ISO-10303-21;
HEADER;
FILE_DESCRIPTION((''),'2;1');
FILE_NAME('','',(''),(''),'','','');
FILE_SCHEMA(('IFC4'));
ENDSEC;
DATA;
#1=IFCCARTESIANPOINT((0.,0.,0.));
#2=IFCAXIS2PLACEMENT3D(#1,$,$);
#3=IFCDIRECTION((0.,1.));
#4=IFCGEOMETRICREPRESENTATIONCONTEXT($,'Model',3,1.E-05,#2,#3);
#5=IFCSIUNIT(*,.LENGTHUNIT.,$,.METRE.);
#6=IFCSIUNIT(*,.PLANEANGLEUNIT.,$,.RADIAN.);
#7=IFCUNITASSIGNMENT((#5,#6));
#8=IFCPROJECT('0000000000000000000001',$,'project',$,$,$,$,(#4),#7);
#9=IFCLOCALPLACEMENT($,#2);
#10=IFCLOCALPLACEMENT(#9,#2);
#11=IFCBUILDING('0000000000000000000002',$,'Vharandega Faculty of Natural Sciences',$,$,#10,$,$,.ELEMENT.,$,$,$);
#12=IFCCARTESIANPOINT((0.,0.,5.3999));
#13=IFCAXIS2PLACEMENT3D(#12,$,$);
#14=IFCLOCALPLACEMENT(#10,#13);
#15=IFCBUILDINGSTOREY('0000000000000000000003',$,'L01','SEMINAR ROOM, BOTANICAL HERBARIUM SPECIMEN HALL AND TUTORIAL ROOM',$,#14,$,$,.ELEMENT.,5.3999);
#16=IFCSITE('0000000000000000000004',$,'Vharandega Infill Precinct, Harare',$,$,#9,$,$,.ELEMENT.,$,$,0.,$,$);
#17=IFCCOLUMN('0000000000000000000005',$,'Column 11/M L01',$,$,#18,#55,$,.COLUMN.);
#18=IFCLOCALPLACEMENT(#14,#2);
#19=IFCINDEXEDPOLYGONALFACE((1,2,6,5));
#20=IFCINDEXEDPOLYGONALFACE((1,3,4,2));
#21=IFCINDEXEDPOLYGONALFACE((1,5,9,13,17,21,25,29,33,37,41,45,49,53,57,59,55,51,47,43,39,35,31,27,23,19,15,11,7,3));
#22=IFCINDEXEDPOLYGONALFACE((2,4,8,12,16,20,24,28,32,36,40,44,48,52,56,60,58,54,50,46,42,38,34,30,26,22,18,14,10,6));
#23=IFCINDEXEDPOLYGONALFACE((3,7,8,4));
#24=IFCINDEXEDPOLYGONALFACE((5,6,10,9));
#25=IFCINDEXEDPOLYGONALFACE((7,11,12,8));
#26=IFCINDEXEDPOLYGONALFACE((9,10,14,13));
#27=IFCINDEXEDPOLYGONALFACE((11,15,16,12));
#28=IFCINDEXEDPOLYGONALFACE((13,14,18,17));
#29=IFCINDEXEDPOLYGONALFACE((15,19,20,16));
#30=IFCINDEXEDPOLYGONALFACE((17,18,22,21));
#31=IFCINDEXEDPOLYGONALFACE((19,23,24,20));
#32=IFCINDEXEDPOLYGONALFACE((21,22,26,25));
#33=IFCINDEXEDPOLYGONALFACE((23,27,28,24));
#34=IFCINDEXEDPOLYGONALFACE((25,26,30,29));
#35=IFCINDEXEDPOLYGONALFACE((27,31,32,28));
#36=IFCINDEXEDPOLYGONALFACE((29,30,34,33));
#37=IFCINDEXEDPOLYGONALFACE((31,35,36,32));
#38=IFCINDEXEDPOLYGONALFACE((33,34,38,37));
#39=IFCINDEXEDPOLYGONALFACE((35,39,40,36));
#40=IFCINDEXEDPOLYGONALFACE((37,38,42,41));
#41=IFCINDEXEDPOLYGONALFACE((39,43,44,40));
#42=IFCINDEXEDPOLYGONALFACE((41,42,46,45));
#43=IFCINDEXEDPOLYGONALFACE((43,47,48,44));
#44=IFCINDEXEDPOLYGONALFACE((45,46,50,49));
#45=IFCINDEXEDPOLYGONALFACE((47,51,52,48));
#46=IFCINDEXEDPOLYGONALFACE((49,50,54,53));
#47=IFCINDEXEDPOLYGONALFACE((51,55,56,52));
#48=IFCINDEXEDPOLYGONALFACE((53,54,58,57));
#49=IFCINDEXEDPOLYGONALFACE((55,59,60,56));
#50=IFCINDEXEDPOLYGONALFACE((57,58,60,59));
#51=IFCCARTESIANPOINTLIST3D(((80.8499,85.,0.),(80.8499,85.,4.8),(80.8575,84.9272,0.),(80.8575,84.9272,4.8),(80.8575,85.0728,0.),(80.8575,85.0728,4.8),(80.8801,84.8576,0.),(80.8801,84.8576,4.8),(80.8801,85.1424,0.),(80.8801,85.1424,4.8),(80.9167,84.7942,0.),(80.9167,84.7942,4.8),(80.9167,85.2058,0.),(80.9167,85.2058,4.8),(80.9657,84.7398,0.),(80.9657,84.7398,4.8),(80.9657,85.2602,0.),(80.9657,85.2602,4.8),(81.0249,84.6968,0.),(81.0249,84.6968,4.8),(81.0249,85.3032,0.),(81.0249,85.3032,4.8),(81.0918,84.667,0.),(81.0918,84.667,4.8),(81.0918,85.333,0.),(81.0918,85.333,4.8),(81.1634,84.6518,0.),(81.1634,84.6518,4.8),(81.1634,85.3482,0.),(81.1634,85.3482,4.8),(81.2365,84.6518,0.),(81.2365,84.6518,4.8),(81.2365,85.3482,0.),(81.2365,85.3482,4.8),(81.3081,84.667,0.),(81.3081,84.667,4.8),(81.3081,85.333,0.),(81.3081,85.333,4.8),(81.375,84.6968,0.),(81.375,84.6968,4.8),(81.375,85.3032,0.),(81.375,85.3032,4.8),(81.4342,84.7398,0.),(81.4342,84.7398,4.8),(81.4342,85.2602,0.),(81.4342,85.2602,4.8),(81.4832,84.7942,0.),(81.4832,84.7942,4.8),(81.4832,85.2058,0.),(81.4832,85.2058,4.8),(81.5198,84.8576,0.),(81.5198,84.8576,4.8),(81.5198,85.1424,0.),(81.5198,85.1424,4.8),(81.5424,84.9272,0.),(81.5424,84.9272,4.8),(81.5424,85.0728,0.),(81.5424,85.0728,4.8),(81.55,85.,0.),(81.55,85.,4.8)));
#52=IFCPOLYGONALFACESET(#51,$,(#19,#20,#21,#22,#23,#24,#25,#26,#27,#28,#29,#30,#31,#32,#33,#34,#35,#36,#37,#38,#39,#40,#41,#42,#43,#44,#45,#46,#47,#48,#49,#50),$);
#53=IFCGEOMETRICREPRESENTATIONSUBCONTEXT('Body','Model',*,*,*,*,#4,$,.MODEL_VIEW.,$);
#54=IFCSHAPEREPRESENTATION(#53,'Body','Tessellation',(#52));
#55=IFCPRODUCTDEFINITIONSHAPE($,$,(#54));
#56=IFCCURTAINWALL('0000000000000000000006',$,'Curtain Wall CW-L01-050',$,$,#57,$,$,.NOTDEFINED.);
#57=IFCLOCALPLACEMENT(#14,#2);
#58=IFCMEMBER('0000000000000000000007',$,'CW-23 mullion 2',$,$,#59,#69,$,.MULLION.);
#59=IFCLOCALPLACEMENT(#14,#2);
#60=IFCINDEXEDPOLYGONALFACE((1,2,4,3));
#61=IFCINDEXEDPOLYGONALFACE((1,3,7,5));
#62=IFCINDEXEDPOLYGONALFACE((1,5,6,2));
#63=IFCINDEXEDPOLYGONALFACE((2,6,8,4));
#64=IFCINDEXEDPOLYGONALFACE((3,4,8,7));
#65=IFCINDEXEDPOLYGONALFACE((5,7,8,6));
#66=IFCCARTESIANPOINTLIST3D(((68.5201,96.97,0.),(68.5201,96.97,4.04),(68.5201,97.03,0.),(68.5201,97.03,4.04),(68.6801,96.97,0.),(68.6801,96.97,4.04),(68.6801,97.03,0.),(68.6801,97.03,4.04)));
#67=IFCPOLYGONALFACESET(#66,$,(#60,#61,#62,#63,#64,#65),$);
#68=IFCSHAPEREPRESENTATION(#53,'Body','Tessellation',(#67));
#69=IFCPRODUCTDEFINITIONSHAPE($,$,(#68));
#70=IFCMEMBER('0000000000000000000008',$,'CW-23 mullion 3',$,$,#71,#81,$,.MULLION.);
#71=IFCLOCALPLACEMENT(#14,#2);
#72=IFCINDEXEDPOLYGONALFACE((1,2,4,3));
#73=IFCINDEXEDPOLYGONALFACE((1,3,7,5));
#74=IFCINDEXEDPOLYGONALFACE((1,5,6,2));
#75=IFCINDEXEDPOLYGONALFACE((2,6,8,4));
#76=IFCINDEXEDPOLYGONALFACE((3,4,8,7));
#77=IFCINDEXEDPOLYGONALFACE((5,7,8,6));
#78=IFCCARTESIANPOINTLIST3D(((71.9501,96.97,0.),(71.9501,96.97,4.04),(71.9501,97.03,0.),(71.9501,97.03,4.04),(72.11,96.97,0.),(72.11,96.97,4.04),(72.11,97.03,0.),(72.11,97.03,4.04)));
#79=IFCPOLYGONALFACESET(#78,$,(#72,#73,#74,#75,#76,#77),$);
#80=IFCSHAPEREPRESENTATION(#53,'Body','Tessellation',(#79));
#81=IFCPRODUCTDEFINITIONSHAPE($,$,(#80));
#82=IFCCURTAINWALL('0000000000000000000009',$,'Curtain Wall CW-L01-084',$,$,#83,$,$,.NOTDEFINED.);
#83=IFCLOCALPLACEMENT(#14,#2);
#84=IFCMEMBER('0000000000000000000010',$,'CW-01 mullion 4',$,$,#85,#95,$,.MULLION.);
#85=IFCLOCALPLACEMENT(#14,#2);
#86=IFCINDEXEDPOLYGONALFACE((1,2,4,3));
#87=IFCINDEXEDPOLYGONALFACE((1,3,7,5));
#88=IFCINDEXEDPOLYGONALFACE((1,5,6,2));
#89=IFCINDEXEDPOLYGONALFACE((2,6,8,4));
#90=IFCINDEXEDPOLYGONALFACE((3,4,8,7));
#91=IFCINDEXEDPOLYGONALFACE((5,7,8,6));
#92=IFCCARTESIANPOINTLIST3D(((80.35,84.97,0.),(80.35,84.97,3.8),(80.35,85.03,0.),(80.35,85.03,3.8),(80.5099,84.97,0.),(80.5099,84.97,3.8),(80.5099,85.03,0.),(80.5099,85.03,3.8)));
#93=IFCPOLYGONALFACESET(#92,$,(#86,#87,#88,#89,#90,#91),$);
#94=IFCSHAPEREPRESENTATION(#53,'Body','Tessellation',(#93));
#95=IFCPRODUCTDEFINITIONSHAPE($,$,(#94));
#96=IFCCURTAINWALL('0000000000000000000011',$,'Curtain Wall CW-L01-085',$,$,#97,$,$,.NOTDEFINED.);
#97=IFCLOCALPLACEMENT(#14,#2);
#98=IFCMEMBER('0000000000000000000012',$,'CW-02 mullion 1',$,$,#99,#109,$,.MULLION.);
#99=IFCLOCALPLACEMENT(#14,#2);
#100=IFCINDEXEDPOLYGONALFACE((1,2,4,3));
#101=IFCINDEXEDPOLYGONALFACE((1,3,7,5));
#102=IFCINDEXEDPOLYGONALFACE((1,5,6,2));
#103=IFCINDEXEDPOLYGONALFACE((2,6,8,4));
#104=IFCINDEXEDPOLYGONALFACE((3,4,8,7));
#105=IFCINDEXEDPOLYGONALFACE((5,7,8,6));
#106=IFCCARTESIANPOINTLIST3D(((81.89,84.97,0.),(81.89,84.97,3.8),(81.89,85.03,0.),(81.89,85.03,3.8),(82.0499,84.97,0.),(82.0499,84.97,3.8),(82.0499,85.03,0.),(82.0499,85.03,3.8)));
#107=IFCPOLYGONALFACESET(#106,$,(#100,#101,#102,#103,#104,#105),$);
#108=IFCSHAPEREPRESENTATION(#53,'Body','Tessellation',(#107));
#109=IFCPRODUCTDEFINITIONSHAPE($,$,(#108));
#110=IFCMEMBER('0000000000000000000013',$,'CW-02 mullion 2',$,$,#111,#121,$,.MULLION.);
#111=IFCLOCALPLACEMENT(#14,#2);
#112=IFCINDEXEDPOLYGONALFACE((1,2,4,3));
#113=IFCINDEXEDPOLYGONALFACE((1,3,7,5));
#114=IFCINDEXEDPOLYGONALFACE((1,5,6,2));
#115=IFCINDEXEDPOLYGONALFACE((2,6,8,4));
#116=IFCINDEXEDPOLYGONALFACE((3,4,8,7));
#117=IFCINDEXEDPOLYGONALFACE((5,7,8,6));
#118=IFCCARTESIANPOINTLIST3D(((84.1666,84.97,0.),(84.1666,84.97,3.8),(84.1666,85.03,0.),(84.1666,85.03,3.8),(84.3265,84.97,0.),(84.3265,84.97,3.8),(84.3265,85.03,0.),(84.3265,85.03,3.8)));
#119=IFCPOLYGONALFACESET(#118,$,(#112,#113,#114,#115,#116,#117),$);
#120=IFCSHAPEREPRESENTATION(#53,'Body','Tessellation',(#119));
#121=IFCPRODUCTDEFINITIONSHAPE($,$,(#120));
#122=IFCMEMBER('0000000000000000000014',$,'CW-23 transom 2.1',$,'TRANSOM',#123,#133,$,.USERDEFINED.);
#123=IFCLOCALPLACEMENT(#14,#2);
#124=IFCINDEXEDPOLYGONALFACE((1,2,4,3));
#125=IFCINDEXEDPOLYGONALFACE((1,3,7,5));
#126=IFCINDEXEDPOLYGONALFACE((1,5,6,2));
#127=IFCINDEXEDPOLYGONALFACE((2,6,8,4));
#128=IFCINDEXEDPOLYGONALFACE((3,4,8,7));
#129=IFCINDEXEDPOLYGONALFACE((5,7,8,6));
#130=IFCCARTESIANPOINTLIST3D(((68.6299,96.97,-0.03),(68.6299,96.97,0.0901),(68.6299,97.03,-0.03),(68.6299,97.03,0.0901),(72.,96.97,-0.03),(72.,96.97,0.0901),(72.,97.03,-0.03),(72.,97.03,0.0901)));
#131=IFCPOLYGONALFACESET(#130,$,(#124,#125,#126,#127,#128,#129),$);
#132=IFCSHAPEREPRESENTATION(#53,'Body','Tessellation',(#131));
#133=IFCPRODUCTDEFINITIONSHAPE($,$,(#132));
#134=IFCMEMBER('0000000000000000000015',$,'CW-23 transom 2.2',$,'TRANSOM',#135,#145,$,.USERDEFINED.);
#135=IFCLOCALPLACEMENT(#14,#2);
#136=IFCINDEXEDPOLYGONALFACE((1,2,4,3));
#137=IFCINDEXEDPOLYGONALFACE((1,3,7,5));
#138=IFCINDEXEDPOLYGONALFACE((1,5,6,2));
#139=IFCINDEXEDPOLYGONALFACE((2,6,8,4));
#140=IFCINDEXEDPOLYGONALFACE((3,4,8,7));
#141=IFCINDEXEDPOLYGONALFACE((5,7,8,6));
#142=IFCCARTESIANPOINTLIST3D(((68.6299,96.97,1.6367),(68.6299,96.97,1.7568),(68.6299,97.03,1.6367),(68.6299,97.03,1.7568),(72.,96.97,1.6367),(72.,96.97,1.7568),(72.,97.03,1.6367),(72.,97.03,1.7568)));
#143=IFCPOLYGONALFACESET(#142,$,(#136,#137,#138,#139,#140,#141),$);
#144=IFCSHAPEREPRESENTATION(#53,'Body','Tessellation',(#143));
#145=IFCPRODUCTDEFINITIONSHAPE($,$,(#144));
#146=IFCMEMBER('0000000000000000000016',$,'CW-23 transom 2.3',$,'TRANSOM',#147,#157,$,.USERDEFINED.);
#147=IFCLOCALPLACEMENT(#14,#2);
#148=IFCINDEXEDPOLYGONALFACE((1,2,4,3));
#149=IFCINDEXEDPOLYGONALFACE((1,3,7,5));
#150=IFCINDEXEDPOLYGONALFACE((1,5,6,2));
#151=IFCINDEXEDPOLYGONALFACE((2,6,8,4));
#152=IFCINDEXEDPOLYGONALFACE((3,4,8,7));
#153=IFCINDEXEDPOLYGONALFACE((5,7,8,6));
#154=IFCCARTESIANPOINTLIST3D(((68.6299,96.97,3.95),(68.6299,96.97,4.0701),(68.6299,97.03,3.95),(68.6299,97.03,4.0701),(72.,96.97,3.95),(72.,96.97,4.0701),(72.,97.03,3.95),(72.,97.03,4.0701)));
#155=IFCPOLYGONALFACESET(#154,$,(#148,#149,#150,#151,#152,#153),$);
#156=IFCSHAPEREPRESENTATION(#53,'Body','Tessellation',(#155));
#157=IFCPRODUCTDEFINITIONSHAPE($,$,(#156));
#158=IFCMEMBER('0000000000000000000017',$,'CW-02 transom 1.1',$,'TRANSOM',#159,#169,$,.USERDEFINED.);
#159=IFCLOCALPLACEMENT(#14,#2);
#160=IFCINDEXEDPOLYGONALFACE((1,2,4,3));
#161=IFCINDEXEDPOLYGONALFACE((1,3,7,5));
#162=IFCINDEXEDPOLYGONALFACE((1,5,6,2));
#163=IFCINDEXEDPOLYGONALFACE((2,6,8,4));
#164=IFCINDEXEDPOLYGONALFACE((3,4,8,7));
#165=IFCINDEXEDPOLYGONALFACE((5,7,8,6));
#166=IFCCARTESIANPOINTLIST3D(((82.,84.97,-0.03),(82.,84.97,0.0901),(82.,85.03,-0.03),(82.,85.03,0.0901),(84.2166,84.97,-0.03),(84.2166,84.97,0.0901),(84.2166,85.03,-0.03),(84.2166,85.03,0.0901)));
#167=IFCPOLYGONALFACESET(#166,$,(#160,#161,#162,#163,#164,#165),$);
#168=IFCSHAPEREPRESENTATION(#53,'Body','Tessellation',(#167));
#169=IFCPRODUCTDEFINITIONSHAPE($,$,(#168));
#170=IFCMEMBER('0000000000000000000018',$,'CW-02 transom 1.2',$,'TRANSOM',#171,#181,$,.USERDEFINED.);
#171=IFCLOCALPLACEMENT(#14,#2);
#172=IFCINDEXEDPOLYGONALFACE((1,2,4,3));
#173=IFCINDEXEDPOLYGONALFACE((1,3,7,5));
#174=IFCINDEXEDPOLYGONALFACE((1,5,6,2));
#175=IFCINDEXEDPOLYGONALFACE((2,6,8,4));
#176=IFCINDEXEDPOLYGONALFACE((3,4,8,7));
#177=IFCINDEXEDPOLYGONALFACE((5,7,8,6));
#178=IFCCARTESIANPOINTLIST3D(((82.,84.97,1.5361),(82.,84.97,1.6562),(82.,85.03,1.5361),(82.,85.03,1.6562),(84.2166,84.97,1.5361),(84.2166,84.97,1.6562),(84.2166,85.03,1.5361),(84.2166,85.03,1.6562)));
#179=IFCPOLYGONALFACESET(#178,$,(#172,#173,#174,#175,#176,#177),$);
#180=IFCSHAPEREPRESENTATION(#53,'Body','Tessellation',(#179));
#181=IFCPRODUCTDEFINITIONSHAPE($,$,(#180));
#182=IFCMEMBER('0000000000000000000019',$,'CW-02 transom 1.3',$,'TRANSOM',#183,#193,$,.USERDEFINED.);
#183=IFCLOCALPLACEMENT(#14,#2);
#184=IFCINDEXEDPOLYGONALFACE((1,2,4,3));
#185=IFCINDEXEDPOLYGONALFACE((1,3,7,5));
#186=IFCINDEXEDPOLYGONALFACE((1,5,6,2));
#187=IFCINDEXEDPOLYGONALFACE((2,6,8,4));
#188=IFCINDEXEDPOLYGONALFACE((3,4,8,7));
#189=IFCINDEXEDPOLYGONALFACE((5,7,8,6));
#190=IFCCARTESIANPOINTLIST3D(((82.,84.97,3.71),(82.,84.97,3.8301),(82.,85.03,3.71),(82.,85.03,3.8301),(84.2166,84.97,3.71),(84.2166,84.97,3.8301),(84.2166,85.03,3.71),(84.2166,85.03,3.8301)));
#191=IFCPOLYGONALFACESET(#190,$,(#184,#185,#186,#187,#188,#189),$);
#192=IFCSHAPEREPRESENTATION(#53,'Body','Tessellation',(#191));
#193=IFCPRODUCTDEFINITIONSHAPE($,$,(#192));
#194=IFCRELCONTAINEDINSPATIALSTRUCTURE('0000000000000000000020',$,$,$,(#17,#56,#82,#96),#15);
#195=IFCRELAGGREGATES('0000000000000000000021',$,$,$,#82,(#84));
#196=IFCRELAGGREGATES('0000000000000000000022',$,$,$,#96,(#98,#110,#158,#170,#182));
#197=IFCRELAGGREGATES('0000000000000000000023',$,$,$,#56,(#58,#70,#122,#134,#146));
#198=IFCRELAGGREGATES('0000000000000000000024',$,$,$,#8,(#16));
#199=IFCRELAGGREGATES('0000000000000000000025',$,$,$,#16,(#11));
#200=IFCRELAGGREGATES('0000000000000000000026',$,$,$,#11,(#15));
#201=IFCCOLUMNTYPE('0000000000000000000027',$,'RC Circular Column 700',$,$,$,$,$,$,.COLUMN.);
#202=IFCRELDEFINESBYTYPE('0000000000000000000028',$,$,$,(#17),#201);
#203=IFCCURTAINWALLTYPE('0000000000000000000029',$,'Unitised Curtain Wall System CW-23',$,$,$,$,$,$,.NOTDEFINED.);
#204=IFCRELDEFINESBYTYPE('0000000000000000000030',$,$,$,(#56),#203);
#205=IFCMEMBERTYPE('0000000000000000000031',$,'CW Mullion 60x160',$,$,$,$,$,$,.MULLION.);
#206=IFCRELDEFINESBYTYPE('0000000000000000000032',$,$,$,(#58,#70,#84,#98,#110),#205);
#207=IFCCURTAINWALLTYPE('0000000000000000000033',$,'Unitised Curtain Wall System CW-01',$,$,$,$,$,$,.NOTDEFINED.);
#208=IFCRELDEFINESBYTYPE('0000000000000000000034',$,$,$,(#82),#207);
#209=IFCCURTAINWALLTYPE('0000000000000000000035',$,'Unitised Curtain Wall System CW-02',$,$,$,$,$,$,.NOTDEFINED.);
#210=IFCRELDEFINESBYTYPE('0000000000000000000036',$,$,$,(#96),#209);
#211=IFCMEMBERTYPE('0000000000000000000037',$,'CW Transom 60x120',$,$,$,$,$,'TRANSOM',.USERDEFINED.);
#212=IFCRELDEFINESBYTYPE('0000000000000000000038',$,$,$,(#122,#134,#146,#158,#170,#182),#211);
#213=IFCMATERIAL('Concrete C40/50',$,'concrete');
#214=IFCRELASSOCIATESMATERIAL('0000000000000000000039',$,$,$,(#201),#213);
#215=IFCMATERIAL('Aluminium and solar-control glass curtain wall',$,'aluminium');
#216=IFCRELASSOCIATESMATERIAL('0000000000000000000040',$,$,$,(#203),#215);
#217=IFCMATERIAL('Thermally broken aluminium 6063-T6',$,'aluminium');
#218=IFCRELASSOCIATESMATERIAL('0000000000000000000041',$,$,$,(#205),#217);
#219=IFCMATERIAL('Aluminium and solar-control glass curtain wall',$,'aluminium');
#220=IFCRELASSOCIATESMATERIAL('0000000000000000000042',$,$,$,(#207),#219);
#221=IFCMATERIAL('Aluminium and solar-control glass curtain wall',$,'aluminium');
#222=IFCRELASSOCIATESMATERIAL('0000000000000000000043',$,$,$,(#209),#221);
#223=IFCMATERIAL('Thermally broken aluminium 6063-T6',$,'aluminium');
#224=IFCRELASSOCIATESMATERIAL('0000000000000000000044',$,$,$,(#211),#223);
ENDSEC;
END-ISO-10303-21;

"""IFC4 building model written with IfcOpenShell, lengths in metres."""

from ifc_helpers import new_model, si_unit, direction, frame, origin, origin_2d, place, context, subcontext, project, spatial, rectangle, circle, extrude, material, material_profile, profile_set, type_object, element, aggregate, save


model = new_model("IFC4")

# Units and contexts
model_context = context("Model", 3, precision=1e-05, world=origin(), true_north=direction((0.0, 1.0)))
body_context = subcontext(model_context, "Body", "Model", "MODEL_VIEW")
ifc_project = project(units=[si_unit("LENGTHUNIT", "METRE"), si_unit("PLANEANGLEUNIT", "RADIAN")], contexts=[model_context])

# Site, building, storey
site_placement = place(None, origin())
site = spatial("IfcSite", under=ifc_project, at=site_placement, Name="Vharandega Infill Precinct, Harare", CompositionType="ELEMENT", RefElevation=0.0)
building_placement = place(site_placement, origin())
building = spatial("IfcBuilding", under=site, at=building_placement, Name="Vharandega Faculty of Natural Sciences", CompositionType="ELEMENT")
storey_placement = place(building_placement, frame((0.0, 0.0, 5.3999)))
storey = spatial("IfcBuildingStorey", under=building, at=storey_placement, Name="L01", Description="SEMINAR ROOM, BOTANICAL HERBARIUM SPECIMEN HALL AND TUTORIAL ROOM", CompositionType="ELEMENT", Elevation=5.3999)

# Column
ifc_material_1 = material(Name="Concrete C40/50", Category="concrete")
ifc_material_profile_1 = material_profile(ifc_material_1, circle(Radius=0.3501, at=origin_2d()), Name="RC-CIRC 700")
ifc_profile_set_1 = profile_set([ifc_material_profile_1], Name="Concrete C40/50")
column_type = type_object("IfcColumnType", Name="RC Circular Column 700", PredefinedType="COLUMN", material=ifc_profile_set_1)
column_placement = place(storey_placement, frame((81.2, 85.0, 0.0), z_axis=(0.0, 0.0, 1.0), x_axis=(1.0, 0.0, 0.0)))
element("IfcColumn", 1, at=column_placement, inside=storey, type_object=column_type, Name="Column 11/M L01", PredefinedType="COLUMN", context=body_context, shape_type="SweptSolid", body=[
    extrude(circle(Radius=0.3501, at=origin_2d()), origin(), (0.0, 0.0, 1.0), 4.8),
])

# Curtain wall, members
ifc_material_2 = material(Name="Aluminium and solar-control glass curtain wall", Category="aluminium")
curtain_wall_type_1 = type_object("IfcCurtainWallType", Name="Unitised Curtain Wall System CW-23", PredefinedType="NOTDEFINED", material=ifc_material_2)
curtain_wall_1_placement = place(storey_placement, origin())
curtain_wall_1 = element("IfcCurtainWall", 2, at=curtain_wall_1_placement, inside=storey, type_object=curtain_wall_type_1, Name="Curtain Wall CW-L01-050", PredefinedType="NOTDEFINED")
ifc_material_3 = material(Name="Thermally broken aluminium 6063-T6", Category="aluminium")
ifc_material_profile_2 = material_profile(ifc_material_3, rectangle(XDim=0.0601, YDim=0.1599, at=origin_2d()), Name="ALU 60x160")
ifc_profile_set_2 = profile_set([ifc_material_profile_2], Name="Thermally broken aluminium 6063-T6")
member_type_1 = type_object("IfcMemberType", Name="CW Mullion 60x160", PredefinedType="MULLION", material=ifc_profile_set_2)
member_1_placement = place(storey_placement, frame((68.6001, 97.0, 0.0), z_axis=(0.0, 0.0, 1.0), x_axis=(0.0, 1.0, 0.0)))
member_1 = element("IfcMember", 3, at=member_1_placement, type_object=member_type_1, Name="CW-23 mullion 2", PredefinedType="MULLION", context=body_context, shape_type="SweptSolid", body=[
    extrude(rectangle(XDim=0.0601, YDim=0.1599, at=origin_2d()), origin(), (0.0, 0.0, 1.0), 4.04),
])
member_2_placement = place(storey_placement, frame((72.03, 97.0, 0.0), z_axis=(0.0, 0.0, 1.0), x_axis=(0.0, 1.0, 0.0)))
member_2 = element("IfcMember", 4, at=member_2_placement, type_object=member_type_1, Name="CW-23 mullion 3", PredefinedType="MULLION", context=body_context, shape_type="SweptSolid", body=[
    extrude(rectangle(XDim=0.0601, YDim=0.1599, at=origin_2d()), origin(), (0.0, 0.0, 1.0), 4.04),
])

# Curtain wall, member
ifc_material_4 = material(Name="Aluminium and solar-control glass curtain wall", Category="aluminium")
curtain_wall_type_2 = type_object("IfcCurtainWallType", Name="Unitised Curtain Wall System CW-01", PredefinedType="NOTDEFINED", material=ifc_material_4)
curtain_wall_2_placement = place(storey_placement, origin())
curtain_wall_2 = element("IfcCurtainWall", 5, at=curtain_wall_2_placement, inside=storey, type_object=curtain_wall_type_2, Name="Curtain Wall CW-L01-084", PredefinedType="NOTDEFINED")
member_3_placement = place(storey_placement, frame((80.4299, 85.0, 0.0), z_axis=(0.0, 0.0, 1.0), x_axis=(0.0, 1.0, 0.0)))
member_3 = element("IfcMember", 6, at=member_3_placement, type_object=member_type_1, Name="CW-01 mullion 4", PredefinedType="MULLION", context=body_context, shape_type="SweptSolid", body=[
    extrude(rectangle(XDim=0.0601, YDim=0.1599, at=origin_2d()), origin(), (0.0, 0.0, 1.0), 3.8),
])

# Curtain wall, members
ifc_material_5 = material(Name="Aluminium and solar-control glass curtain wall", Category="aluminium")
curtain_wall_type_3 = type_object("IfcCurtainWallType", Name="Unitised Curtain Wall System CW-02", PredefinedType="NOTDEFINED", material=ifc_material_5)
curtain_wall_3_placement = place(storey_placement, origin())
curtain_wall_3 = element("IfcCurtainWall", 7, at=curtain_wall_3_placement, inside=storey, type_object=curtain_wall_type_3, Name="Curtain Wall CW-L01-085", PredefinedType="NOTDEFINED")
member_4_placement = place(storey_placement, frame((81.97, 85.0, 0.0), z_axis=(0.0, 0.0, 1.0), x_axis=(0.0, 1.0, 0.0)))
member_4 = element("IfcMember", 8, at=member_4_placement, type_object=member_type_1, Name="CW-02 mullion 1", PredefinedType="MULLION", context=body_context, shape_type="SweptSolid", body=[
    extrude(rectangle(XDim=0.0601, YDim=0.1599, at=origin_2d()), origin(), (0.0, 0.0, 1.0), 3.8),
])
member_5_placement = place(storey_placement, frame((84.2466, 85.0, 0.0), z_axis=(0.0, 0.0, 1.0), x_axis=(0.0, 1.0, 0.0)))
member_5 = element("IfcMember", 9, at=member_5_placement, type_object=member_type_1, Name="CW-02 mullion 2", PredefinedType="MULLION", context=body_context, shape_type="SweptSolid", body=[
    extrude(rectangle(XDim=0.0601, YDim=0.1599, at=origin_2d()), origin(), (0.0, 0.0, 1.0), 3.8),
])

# Members
ifc_material_6 = material(Name="Thermally broken aluminium 6063-T6", Category="aluminium")
ifc_material_profile_3 = material_profile(ifc_material_6, rectangle(XDim=0.0601, YDim=0.1201, at=origin_2d()), Name="ALU 60x120")
ifc_profile_set_3 = profile_set([ifc_material_profile_3], Name="Thermally broken aluminium 6063-T6")
member_type_2 = type_object("IfcMemberType", Name="CW Transom 60x120", ElementType="TRANSOM", PredefinedType="USERDEFINED", material=ifc_profile_set_3)
member_6_placement = place(storey_placement, frame((68.6299, 97.0, 0.03), z_axis=(1.0, 0.0, 0.0), x_axis=(0.0, 1.0, 0.0)))
member_6 = element("IfcMember", 10, at=member_6_placement, type_object=member_type_2, Name="CW-23 transom 2.1", ObjectType="TRANSOM", PredefinedType="USERDEFINED", context=body_context, shape_type="SweptSolid", body=[
    extrude(rectangle(XDim=0.0601, YDim=0.1201, at=origin_2d()), origin(), (0.0, 0.0, 1.0), 3.3701),
])
member_7_placement = place(storey_placement, frame((68.6299, 97.0, 1.6968), z_axis=(1.0, 0.0, 0.0), x_axis=(0.0, 1.0, 0.0)))
member_7 = element("IfcMember", 11, at=member_7_placement, type_object=member_type_2, Name="CW-23 transom 2.2", ObjectType="TRANSOM", PredefinedType="USERDEFINED", context=body_context, shape_type="SweptSolid", body=[
    extrude(rectangle(XDim=0.0601, YDim=0.1201, at=origin_2d()), origin(), (0.0, 0.0, 1.0), 3.3701),
])
member_8_placement = place(storey_placement, frame((68.6299, 97.0, 4.01), z_axis=(1.0, 0.0, 0.0), x_axis=(0.0, 1.0, 0.0)))
member_8 = element("IfcMember", 12, at=member_8_placement, type_object=member_type_2, Name="CW-23 transom 2.3", ObjectType="TRANSOM", PredefinedType="USERDEFINED", context=body_context, shape_type="SweptSolid", body=[
    extrude(rectangle(XDim=0.0601, YDim=0.1201, at=origin_2d()), origin(), (0.0, 0.0, 1.0), 3.3701),
])
member_9_placement = place(storey_placement, frame((82.0, 85.0, 0.03), z_axis=(1.0, 0.0, 0.0), x_axis=(0.0, 1.0, 0.0)))
member_9 = element("IfcMember", 13, at=member_9_placement, type_object=member_type_2, Name="CW-02 transom 1.1", ObjectType="TRANSOM", PredefinedType="USERDEFINED", context=body_context, shape_type="SweptSolid", body=[
    extrude(rectangle(XDim=0.0601, YDim=0.1201, at=origin_2d()), origin(), (0.0, 0.0, 1.0), 2.2166),
])
member_10_placement = place(storey_placement, frame((82.0, 85.0, 1.5962), z_axis=(1.0, 0.0, 0.0), x_axis=(0.0, 1.0, 0.0)))
member_10 = element("IfcMember", 14, at=member_10_placement, type_object=member_type_2, Name="CW-02 transom 1.2", ObjectType="TRANSOM", PredefinedType="USERDEFINED", context=body_context, shape_type="SweptSolid", body=[
    extrude(rectangle(XDim=0.0601, YDim=0.1201, at=origin_2d()), origin(), (0.0, 0.0, 1.0), 2.2166),
])
member_11_placement = place(storey_placement, frame((82.0, 85.0, 3.77), z_axis=(1.0, 0.0, 0.0), x_axis=(0.0, 1.0, 0.0)))
member_11 = element("IfcMember", 15, at=member_11_placement, type_object=member_type_2, Name="CW-02 transom 1.3", ObjectType="TRANSOM", PredefinedType="USERDEFINED", context=body_context, shape_type="SweptSolid", body=[
    extrude(rectangle(XDim=0.0601, YDim=0.1201, at=origin_2d()), origin(), (0.0, 0.0, 1.0), 2.2166),
])

aggregate(curtain_wall_2, [member_3])
aggregate(curtain_wall_3, [member_4, member_5, member_9, member_10, member_11])
aggregate(curtain_wall_1, [member_1, member_2, member_6, member_7, member_8])

save(model, "model.ifc")
